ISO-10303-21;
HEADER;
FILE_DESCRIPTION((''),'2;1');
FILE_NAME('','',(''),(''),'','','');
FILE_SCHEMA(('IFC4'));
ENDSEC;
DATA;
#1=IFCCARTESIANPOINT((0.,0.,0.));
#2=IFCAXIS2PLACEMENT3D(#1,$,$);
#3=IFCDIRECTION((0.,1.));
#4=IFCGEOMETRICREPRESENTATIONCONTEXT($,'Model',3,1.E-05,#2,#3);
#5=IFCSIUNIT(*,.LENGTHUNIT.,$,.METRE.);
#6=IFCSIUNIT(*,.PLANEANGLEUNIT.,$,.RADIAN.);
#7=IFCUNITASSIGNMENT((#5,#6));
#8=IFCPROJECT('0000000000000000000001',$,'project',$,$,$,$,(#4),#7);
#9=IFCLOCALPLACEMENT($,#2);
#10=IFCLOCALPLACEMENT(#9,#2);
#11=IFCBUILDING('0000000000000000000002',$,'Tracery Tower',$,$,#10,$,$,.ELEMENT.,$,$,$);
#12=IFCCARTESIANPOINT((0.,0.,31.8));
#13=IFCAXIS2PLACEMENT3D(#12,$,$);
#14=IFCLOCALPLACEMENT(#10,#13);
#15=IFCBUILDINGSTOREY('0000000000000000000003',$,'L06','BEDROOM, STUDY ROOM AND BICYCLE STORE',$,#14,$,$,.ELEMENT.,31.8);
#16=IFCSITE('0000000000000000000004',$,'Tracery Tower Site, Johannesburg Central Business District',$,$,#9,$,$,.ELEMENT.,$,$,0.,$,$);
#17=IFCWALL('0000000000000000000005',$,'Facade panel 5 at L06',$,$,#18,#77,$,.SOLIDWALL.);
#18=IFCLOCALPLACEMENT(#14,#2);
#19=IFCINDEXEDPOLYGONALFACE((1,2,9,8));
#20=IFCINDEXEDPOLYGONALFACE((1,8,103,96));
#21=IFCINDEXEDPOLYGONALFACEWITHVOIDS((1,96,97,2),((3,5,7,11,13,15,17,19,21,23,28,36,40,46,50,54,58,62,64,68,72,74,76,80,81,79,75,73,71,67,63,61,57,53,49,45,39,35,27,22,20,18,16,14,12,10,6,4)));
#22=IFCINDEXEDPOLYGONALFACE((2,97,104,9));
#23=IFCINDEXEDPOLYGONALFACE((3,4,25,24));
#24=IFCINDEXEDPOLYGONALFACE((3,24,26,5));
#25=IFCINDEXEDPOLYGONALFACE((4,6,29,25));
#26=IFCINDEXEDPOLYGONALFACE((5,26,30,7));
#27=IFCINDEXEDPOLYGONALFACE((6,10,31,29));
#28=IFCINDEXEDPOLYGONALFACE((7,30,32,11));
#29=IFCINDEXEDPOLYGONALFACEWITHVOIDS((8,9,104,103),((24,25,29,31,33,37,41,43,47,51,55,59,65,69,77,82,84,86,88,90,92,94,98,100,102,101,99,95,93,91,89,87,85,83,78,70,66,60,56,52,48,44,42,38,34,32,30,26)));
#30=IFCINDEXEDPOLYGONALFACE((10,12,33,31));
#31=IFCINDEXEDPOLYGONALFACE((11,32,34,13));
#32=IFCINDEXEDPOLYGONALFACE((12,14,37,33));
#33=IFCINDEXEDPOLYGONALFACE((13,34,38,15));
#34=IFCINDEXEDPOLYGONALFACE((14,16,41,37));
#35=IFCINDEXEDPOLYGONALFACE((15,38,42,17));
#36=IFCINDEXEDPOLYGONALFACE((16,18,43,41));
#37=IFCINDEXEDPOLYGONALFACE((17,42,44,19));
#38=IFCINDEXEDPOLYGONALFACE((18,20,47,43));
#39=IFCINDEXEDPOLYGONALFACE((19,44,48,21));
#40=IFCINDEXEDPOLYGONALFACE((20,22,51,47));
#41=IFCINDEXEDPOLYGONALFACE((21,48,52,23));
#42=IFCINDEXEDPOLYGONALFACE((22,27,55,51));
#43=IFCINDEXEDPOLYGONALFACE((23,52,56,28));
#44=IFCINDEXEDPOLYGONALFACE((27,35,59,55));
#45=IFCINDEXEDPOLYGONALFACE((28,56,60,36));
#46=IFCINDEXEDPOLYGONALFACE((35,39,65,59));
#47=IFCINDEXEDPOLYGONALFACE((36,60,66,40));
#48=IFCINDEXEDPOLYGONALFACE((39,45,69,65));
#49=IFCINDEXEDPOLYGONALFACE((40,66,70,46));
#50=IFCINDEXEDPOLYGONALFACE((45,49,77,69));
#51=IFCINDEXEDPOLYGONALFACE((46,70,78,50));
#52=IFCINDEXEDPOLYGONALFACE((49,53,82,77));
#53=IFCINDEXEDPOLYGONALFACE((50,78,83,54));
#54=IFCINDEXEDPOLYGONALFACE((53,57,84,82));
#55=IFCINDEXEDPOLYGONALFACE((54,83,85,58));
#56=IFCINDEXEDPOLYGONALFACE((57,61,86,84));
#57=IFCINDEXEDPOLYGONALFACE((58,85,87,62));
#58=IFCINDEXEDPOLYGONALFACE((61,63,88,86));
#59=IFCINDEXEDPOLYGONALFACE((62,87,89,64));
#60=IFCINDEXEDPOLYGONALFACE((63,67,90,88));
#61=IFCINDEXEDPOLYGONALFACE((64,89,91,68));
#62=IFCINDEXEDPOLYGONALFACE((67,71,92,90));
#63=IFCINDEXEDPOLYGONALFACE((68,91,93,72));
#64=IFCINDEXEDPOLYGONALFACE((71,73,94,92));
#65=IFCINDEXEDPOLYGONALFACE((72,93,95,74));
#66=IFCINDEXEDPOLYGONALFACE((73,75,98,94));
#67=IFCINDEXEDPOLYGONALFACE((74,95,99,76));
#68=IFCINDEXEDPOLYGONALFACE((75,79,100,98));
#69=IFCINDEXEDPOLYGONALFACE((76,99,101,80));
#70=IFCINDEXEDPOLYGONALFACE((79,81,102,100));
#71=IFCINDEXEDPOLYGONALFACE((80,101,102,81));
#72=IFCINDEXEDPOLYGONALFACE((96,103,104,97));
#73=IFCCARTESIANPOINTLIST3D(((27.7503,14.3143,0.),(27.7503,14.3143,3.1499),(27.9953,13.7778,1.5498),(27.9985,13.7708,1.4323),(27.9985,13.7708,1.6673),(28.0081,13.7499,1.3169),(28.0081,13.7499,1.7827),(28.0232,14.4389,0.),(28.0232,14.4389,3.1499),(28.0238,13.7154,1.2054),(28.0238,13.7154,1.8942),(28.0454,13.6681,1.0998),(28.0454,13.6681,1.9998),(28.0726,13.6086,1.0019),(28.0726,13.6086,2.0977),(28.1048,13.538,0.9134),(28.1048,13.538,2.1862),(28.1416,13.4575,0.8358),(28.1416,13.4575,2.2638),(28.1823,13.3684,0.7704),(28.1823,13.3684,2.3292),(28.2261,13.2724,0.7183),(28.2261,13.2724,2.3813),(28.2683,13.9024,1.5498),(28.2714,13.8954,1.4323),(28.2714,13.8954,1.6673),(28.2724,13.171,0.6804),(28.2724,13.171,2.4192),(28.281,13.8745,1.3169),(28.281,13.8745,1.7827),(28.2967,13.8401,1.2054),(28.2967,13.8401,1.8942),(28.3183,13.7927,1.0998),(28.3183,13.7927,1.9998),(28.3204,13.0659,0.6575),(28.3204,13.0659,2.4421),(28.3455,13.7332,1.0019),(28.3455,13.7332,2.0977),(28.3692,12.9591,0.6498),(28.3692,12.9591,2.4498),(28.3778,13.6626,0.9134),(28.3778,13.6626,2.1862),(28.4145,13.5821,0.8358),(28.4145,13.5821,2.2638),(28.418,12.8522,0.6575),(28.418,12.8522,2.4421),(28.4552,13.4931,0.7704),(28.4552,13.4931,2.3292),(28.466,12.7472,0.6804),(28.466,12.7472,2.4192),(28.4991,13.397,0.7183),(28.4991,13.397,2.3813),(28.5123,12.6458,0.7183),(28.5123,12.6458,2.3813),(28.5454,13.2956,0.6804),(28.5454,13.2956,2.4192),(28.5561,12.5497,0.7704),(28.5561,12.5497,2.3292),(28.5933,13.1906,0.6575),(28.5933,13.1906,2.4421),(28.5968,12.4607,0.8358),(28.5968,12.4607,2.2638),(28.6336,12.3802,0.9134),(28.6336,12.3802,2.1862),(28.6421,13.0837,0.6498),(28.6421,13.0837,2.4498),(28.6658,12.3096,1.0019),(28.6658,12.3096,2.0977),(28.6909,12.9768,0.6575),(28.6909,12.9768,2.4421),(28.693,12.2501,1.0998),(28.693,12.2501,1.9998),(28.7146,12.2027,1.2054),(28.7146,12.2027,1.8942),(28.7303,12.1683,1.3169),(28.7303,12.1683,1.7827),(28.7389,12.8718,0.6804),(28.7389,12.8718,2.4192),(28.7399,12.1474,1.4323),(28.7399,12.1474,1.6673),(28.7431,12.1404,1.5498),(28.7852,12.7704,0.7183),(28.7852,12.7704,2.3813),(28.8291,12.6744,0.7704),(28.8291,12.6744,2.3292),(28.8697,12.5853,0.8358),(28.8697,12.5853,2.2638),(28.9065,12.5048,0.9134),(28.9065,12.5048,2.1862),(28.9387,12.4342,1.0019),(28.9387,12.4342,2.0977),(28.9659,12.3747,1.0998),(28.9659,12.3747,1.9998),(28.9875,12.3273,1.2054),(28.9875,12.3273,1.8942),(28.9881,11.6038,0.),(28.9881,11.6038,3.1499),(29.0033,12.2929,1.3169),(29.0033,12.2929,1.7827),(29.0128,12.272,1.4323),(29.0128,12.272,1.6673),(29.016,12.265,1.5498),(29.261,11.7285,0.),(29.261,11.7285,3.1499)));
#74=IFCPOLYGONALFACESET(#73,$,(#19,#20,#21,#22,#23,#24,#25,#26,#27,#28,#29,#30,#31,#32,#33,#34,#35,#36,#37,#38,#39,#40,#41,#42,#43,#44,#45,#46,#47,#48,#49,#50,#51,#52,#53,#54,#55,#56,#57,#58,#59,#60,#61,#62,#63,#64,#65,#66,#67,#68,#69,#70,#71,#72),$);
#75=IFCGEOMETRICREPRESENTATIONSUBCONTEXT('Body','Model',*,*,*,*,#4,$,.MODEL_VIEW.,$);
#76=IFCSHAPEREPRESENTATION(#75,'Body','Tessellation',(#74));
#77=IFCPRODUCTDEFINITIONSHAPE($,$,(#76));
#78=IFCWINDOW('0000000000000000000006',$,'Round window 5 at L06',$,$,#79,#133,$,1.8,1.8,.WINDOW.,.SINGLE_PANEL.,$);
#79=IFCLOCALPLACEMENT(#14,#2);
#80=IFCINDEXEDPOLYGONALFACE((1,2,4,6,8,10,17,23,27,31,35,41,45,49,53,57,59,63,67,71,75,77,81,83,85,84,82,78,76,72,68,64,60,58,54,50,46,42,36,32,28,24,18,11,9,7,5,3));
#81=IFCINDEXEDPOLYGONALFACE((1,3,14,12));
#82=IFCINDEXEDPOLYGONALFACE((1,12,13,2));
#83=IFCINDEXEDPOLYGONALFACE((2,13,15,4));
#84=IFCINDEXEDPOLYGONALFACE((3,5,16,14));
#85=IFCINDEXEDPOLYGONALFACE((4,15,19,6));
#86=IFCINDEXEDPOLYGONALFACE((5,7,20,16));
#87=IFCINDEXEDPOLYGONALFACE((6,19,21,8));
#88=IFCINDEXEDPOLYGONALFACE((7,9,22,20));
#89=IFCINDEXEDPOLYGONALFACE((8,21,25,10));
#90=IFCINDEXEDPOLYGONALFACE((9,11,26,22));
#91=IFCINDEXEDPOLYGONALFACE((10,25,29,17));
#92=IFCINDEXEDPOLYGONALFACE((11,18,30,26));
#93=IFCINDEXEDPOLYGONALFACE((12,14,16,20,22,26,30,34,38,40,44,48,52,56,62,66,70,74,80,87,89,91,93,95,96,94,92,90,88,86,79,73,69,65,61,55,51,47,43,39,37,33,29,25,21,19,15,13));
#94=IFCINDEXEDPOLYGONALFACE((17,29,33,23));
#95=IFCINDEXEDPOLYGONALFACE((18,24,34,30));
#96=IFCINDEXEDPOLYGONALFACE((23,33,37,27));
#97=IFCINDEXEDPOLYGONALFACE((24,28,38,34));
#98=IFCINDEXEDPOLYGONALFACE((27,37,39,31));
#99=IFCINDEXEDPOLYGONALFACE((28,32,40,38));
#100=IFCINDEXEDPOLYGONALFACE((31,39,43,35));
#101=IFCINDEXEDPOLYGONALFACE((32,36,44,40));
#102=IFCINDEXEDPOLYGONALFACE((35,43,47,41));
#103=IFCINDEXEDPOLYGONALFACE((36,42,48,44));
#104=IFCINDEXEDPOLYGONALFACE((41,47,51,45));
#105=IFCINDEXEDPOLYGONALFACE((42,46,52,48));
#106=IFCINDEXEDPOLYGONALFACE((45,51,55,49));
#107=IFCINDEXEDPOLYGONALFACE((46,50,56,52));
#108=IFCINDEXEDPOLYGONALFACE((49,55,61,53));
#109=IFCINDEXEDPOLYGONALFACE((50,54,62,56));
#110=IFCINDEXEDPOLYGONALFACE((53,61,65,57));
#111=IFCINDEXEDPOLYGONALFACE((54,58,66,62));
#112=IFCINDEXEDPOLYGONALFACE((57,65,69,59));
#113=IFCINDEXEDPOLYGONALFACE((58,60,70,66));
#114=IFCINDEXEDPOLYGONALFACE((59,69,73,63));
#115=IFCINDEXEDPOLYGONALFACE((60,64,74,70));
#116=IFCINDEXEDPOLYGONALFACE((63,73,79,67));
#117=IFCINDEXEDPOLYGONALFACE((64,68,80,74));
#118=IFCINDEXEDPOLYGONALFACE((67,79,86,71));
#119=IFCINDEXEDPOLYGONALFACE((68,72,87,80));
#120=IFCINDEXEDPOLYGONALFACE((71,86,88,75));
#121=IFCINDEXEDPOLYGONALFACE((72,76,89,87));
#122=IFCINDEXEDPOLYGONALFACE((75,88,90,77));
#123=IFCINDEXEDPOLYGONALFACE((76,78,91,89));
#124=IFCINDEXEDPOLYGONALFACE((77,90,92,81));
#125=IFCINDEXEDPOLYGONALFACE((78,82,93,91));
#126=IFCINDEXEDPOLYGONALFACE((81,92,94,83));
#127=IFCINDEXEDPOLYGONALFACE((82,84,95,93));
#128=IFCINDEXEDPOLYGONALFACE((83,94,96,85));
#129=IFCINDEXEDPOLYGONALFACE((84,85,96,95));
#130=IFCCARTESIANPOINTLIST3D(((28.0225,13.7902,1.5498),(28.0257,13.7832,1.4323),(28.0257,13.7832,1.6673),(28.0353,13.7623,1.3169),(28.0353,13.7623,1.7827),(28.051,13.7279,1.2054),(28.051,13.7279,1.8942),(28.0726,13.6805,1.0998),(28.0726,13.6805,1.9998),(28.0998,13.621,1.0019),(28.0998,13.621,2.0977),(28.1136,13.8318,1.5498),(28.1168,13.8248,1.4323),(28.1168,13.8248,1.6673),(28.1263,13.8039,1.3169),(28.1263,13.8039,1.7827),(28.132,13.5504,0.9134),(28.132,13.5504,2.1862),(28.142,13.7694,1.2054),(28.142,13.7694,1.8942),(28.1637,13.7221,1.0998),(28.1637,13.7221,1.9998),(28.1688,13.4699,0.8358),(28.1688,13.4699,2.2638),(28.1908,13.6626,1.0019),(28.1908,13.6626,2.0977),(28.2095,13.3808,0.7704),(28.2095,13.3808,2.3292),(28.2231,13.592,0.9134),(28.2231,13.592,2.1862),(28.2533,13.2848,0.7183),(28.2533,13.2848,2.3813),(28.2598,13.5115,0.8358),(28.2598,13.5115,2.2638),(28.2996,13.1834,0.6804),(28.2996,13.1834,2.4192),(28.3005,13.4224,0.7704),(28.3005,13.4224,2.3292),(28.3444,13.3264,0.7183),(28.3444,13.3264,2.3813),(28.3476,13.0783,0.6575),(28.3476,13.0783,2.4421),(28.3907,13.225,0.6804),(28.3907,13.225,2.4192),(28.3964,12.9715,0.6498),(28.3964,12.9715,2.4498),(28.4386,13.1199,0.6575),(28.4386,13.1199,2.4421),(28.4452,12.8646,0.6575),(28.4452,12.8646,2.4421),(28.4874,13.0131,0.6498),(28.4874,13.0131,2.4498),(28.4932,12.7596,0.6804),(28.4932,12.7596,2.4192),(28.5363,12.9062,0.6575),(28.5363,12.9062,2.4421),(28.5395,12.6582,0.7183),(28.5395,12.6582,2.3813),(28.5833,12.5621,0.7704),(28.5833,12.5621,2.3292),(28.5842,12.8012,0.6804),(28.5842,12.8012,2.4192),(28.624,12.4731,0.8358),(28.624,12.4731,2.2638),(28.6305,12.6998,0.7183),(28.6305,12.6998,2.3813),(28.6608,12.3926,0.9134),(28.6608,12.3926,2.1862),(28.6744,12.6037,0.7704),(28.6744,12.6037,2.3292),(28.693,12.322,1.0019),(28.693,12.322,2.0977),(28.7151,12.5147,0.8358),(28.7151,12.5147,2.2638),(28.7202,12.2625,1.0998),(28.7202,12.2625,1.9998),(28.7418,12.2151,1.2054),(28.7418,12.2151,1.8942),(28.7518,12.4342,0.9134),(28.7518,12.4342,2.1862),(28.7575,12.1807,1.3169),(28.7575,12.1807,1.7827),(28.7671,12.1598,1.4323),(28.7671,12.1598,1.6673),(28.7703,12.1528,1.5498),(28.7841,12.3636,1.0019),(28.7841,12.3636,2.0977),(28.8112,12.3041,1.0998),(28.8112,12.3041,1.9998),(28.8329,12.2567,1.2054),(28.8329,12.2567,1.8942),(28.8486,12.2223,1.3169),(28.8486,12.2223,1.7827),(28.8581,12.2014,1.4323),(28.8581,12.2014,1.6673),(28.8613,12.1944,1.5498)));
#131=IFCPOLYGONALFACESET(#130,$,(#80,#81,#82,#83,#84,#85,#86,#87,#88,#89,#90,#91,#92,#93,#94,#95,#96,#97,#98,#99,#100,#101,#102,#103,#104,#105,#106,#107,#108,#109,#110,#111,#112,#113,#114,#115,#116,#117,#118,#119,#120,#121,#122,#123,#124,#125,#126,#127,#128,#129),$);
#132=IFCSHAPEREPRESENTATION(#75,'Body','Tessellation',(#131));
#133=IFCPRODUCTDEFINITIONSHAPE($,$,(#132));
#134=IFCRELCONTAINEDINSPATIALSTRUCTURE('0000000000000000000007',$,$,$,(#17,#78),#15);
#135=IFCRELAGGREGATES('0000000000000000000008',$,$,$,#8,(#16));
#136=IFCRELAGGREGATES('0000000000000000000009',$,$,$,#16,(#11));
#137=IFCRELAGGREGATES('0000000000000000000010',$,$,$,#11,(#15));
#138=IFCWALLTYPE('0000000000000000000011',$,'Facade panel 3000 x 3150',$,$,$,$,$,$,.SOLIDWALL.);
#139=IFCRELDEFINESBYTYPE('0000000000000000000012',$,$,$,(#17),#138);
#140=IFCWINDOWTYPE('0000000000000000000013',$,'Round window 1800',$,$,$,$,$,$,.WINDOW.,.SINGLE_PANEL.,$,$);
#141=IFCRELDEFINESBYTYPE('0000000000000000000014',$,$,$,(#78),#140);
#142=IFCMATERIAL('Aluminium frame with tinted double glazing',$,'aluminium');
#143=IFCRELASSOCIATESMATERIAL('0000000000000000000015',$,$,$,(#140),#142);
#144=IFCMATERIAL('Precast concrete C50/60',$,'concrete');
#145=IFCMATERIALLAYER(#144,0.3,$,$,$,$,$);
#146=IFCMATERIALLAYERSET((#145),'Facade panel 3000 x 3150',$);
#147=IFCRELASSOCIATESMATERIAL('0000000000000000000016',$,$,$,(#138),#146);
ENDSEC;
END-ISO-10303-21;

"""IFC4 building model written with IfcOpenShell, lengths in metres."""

from ifc_helpers import new_model, si_unit, direction, frame, frame_2d, origin, origin_2d, place, context, subcontext, project, spatial, rectangle, circle, extrude, material, layer, layer_set, type_object, element, fill, save


model = new_model("IFC4")

# Units and contexts
model_context = context("Model", 3, precision=1e-05, world=origin(), true_north=direction((0.0, 1.0)))
body_context = subcontext(model_context, "Body", "Model", "MODEL_VIEW")
ifc_project = project(units=[si_unit("LENGTHUNIT", "METRE"), si_unit("PLANEANGLEUNIT", "RADIAN")], contexts=[model_context])

# Site, building, storey
site_placement = place(None, origin())
site = spatial("IfcSite", under=ifc_project, at=site_placement, Name="Tracery Tower Site, Johannesburg Central Business District", CompositionType="ELEMENT", RefElevation=0.0)
building_placement = place(site_placement, origin())
building = spatial("IfcBuilding", under=site, at=building_placement, Name="Tracery Tower", CompositionType="ELEMENT")
storey_placement = place(building_placement, frame((0.0, 0.0, 31.8)))
storey = spatial("IfcBuildingStorey", under=building, at=storey_placement, Name="L06", Description="BEDROOM, STUDY ROOM AND BICYCLE STORE", CompositionType="ELEMENT", Elevation=31.8)

# Wall, opening, window
ifc_material_1 = material(Name="Aluminium frame with tinted double glazing", Category="aluminium")
window_type = type_object("IfcWindowType", Name="Round window 1800", PartitioningType="SINGLE_PANEL", PredefinedType="WINDOW", material=ifc_material_1)
ifc_material_2 = material(Name="Precast concrete C50/60", Category="concrete")
ifc_layer_1 = layer(ifc_material_2, 0.3)
ifc_layer_set_1 = layer_set([ifc_layer_1], Name="Facade panel 3000 x 3150")
wall_type_1 = type_object("IfcWallType", Name="Facade panel 3000 x 3150", PredefinedType="SOLIDWALL", material=ifc_layer_set_1)
wall_1_placement = place(storey_placement, frame((29.1245, 11.6663, 0.0), z_axis=(0.0, 0.0, 1.0), x_axis=(-0.415407, 0.909636, 0.0)))
wall_1 = element("IfcWall", 1, at=wall_1_placement, inside=storey, type_object=wall_type_1, Name="Facade panel 5 at L06", PredefinedType="SOLIDWALL", context=body_context, shape_type="SweptSolid", body=[
    extrude(rectangle(XDim=2.9797, YDim=0.3, at=frame_2d((1.4897, 0.0))), origin(), (0.0, 0.0, 1.0), 3.1499),
])
opening_1_placement = place(wall_1_placement, frame((1.4897, 0.0, 1.5498)))
opening_1 = element("IfcOpeningElement", 2, at=opening_1_placement, cuts=wall_1, PredefinedType="OPENING", context=body_context, shape_type="SweptSolid", body=[
    extrude(circle(Radius=0.9, at=origin_2d()), frame((0.0, 0.1599, 0.0), z_axis=(0.0, -1.0, 0.0), x_axis=(1.0, 0.0, 0.0)), (0.0, 0.0, 1.0), 0.3201),
])
window_1_placement = place(opening_1_placement, origin())
window_1 = element("IfcWindow", 3, at=window_1_placement, inside=storey, type_object=window_type, Name="Round window 5 at L06", OverallHeight=1.8, OverallWidth=1.8, PartitioningType="SINGLE_PANEL", PredefinedType="WINDOW", context=body_context, shape_type="SweptSolid", body=[
    extrude(circle(Radius=0.9, at=origin_2d()), frame((0.0, 0.1201, 0.0), z_axis=(0.0, -1.0, 0.0), x_axis=(1.0, 0.0, 0.0)), (0.0, 0.0, 1.0), 0.1001),
])
fill(opening_1, window_1)

save(model, "model.ifc")
